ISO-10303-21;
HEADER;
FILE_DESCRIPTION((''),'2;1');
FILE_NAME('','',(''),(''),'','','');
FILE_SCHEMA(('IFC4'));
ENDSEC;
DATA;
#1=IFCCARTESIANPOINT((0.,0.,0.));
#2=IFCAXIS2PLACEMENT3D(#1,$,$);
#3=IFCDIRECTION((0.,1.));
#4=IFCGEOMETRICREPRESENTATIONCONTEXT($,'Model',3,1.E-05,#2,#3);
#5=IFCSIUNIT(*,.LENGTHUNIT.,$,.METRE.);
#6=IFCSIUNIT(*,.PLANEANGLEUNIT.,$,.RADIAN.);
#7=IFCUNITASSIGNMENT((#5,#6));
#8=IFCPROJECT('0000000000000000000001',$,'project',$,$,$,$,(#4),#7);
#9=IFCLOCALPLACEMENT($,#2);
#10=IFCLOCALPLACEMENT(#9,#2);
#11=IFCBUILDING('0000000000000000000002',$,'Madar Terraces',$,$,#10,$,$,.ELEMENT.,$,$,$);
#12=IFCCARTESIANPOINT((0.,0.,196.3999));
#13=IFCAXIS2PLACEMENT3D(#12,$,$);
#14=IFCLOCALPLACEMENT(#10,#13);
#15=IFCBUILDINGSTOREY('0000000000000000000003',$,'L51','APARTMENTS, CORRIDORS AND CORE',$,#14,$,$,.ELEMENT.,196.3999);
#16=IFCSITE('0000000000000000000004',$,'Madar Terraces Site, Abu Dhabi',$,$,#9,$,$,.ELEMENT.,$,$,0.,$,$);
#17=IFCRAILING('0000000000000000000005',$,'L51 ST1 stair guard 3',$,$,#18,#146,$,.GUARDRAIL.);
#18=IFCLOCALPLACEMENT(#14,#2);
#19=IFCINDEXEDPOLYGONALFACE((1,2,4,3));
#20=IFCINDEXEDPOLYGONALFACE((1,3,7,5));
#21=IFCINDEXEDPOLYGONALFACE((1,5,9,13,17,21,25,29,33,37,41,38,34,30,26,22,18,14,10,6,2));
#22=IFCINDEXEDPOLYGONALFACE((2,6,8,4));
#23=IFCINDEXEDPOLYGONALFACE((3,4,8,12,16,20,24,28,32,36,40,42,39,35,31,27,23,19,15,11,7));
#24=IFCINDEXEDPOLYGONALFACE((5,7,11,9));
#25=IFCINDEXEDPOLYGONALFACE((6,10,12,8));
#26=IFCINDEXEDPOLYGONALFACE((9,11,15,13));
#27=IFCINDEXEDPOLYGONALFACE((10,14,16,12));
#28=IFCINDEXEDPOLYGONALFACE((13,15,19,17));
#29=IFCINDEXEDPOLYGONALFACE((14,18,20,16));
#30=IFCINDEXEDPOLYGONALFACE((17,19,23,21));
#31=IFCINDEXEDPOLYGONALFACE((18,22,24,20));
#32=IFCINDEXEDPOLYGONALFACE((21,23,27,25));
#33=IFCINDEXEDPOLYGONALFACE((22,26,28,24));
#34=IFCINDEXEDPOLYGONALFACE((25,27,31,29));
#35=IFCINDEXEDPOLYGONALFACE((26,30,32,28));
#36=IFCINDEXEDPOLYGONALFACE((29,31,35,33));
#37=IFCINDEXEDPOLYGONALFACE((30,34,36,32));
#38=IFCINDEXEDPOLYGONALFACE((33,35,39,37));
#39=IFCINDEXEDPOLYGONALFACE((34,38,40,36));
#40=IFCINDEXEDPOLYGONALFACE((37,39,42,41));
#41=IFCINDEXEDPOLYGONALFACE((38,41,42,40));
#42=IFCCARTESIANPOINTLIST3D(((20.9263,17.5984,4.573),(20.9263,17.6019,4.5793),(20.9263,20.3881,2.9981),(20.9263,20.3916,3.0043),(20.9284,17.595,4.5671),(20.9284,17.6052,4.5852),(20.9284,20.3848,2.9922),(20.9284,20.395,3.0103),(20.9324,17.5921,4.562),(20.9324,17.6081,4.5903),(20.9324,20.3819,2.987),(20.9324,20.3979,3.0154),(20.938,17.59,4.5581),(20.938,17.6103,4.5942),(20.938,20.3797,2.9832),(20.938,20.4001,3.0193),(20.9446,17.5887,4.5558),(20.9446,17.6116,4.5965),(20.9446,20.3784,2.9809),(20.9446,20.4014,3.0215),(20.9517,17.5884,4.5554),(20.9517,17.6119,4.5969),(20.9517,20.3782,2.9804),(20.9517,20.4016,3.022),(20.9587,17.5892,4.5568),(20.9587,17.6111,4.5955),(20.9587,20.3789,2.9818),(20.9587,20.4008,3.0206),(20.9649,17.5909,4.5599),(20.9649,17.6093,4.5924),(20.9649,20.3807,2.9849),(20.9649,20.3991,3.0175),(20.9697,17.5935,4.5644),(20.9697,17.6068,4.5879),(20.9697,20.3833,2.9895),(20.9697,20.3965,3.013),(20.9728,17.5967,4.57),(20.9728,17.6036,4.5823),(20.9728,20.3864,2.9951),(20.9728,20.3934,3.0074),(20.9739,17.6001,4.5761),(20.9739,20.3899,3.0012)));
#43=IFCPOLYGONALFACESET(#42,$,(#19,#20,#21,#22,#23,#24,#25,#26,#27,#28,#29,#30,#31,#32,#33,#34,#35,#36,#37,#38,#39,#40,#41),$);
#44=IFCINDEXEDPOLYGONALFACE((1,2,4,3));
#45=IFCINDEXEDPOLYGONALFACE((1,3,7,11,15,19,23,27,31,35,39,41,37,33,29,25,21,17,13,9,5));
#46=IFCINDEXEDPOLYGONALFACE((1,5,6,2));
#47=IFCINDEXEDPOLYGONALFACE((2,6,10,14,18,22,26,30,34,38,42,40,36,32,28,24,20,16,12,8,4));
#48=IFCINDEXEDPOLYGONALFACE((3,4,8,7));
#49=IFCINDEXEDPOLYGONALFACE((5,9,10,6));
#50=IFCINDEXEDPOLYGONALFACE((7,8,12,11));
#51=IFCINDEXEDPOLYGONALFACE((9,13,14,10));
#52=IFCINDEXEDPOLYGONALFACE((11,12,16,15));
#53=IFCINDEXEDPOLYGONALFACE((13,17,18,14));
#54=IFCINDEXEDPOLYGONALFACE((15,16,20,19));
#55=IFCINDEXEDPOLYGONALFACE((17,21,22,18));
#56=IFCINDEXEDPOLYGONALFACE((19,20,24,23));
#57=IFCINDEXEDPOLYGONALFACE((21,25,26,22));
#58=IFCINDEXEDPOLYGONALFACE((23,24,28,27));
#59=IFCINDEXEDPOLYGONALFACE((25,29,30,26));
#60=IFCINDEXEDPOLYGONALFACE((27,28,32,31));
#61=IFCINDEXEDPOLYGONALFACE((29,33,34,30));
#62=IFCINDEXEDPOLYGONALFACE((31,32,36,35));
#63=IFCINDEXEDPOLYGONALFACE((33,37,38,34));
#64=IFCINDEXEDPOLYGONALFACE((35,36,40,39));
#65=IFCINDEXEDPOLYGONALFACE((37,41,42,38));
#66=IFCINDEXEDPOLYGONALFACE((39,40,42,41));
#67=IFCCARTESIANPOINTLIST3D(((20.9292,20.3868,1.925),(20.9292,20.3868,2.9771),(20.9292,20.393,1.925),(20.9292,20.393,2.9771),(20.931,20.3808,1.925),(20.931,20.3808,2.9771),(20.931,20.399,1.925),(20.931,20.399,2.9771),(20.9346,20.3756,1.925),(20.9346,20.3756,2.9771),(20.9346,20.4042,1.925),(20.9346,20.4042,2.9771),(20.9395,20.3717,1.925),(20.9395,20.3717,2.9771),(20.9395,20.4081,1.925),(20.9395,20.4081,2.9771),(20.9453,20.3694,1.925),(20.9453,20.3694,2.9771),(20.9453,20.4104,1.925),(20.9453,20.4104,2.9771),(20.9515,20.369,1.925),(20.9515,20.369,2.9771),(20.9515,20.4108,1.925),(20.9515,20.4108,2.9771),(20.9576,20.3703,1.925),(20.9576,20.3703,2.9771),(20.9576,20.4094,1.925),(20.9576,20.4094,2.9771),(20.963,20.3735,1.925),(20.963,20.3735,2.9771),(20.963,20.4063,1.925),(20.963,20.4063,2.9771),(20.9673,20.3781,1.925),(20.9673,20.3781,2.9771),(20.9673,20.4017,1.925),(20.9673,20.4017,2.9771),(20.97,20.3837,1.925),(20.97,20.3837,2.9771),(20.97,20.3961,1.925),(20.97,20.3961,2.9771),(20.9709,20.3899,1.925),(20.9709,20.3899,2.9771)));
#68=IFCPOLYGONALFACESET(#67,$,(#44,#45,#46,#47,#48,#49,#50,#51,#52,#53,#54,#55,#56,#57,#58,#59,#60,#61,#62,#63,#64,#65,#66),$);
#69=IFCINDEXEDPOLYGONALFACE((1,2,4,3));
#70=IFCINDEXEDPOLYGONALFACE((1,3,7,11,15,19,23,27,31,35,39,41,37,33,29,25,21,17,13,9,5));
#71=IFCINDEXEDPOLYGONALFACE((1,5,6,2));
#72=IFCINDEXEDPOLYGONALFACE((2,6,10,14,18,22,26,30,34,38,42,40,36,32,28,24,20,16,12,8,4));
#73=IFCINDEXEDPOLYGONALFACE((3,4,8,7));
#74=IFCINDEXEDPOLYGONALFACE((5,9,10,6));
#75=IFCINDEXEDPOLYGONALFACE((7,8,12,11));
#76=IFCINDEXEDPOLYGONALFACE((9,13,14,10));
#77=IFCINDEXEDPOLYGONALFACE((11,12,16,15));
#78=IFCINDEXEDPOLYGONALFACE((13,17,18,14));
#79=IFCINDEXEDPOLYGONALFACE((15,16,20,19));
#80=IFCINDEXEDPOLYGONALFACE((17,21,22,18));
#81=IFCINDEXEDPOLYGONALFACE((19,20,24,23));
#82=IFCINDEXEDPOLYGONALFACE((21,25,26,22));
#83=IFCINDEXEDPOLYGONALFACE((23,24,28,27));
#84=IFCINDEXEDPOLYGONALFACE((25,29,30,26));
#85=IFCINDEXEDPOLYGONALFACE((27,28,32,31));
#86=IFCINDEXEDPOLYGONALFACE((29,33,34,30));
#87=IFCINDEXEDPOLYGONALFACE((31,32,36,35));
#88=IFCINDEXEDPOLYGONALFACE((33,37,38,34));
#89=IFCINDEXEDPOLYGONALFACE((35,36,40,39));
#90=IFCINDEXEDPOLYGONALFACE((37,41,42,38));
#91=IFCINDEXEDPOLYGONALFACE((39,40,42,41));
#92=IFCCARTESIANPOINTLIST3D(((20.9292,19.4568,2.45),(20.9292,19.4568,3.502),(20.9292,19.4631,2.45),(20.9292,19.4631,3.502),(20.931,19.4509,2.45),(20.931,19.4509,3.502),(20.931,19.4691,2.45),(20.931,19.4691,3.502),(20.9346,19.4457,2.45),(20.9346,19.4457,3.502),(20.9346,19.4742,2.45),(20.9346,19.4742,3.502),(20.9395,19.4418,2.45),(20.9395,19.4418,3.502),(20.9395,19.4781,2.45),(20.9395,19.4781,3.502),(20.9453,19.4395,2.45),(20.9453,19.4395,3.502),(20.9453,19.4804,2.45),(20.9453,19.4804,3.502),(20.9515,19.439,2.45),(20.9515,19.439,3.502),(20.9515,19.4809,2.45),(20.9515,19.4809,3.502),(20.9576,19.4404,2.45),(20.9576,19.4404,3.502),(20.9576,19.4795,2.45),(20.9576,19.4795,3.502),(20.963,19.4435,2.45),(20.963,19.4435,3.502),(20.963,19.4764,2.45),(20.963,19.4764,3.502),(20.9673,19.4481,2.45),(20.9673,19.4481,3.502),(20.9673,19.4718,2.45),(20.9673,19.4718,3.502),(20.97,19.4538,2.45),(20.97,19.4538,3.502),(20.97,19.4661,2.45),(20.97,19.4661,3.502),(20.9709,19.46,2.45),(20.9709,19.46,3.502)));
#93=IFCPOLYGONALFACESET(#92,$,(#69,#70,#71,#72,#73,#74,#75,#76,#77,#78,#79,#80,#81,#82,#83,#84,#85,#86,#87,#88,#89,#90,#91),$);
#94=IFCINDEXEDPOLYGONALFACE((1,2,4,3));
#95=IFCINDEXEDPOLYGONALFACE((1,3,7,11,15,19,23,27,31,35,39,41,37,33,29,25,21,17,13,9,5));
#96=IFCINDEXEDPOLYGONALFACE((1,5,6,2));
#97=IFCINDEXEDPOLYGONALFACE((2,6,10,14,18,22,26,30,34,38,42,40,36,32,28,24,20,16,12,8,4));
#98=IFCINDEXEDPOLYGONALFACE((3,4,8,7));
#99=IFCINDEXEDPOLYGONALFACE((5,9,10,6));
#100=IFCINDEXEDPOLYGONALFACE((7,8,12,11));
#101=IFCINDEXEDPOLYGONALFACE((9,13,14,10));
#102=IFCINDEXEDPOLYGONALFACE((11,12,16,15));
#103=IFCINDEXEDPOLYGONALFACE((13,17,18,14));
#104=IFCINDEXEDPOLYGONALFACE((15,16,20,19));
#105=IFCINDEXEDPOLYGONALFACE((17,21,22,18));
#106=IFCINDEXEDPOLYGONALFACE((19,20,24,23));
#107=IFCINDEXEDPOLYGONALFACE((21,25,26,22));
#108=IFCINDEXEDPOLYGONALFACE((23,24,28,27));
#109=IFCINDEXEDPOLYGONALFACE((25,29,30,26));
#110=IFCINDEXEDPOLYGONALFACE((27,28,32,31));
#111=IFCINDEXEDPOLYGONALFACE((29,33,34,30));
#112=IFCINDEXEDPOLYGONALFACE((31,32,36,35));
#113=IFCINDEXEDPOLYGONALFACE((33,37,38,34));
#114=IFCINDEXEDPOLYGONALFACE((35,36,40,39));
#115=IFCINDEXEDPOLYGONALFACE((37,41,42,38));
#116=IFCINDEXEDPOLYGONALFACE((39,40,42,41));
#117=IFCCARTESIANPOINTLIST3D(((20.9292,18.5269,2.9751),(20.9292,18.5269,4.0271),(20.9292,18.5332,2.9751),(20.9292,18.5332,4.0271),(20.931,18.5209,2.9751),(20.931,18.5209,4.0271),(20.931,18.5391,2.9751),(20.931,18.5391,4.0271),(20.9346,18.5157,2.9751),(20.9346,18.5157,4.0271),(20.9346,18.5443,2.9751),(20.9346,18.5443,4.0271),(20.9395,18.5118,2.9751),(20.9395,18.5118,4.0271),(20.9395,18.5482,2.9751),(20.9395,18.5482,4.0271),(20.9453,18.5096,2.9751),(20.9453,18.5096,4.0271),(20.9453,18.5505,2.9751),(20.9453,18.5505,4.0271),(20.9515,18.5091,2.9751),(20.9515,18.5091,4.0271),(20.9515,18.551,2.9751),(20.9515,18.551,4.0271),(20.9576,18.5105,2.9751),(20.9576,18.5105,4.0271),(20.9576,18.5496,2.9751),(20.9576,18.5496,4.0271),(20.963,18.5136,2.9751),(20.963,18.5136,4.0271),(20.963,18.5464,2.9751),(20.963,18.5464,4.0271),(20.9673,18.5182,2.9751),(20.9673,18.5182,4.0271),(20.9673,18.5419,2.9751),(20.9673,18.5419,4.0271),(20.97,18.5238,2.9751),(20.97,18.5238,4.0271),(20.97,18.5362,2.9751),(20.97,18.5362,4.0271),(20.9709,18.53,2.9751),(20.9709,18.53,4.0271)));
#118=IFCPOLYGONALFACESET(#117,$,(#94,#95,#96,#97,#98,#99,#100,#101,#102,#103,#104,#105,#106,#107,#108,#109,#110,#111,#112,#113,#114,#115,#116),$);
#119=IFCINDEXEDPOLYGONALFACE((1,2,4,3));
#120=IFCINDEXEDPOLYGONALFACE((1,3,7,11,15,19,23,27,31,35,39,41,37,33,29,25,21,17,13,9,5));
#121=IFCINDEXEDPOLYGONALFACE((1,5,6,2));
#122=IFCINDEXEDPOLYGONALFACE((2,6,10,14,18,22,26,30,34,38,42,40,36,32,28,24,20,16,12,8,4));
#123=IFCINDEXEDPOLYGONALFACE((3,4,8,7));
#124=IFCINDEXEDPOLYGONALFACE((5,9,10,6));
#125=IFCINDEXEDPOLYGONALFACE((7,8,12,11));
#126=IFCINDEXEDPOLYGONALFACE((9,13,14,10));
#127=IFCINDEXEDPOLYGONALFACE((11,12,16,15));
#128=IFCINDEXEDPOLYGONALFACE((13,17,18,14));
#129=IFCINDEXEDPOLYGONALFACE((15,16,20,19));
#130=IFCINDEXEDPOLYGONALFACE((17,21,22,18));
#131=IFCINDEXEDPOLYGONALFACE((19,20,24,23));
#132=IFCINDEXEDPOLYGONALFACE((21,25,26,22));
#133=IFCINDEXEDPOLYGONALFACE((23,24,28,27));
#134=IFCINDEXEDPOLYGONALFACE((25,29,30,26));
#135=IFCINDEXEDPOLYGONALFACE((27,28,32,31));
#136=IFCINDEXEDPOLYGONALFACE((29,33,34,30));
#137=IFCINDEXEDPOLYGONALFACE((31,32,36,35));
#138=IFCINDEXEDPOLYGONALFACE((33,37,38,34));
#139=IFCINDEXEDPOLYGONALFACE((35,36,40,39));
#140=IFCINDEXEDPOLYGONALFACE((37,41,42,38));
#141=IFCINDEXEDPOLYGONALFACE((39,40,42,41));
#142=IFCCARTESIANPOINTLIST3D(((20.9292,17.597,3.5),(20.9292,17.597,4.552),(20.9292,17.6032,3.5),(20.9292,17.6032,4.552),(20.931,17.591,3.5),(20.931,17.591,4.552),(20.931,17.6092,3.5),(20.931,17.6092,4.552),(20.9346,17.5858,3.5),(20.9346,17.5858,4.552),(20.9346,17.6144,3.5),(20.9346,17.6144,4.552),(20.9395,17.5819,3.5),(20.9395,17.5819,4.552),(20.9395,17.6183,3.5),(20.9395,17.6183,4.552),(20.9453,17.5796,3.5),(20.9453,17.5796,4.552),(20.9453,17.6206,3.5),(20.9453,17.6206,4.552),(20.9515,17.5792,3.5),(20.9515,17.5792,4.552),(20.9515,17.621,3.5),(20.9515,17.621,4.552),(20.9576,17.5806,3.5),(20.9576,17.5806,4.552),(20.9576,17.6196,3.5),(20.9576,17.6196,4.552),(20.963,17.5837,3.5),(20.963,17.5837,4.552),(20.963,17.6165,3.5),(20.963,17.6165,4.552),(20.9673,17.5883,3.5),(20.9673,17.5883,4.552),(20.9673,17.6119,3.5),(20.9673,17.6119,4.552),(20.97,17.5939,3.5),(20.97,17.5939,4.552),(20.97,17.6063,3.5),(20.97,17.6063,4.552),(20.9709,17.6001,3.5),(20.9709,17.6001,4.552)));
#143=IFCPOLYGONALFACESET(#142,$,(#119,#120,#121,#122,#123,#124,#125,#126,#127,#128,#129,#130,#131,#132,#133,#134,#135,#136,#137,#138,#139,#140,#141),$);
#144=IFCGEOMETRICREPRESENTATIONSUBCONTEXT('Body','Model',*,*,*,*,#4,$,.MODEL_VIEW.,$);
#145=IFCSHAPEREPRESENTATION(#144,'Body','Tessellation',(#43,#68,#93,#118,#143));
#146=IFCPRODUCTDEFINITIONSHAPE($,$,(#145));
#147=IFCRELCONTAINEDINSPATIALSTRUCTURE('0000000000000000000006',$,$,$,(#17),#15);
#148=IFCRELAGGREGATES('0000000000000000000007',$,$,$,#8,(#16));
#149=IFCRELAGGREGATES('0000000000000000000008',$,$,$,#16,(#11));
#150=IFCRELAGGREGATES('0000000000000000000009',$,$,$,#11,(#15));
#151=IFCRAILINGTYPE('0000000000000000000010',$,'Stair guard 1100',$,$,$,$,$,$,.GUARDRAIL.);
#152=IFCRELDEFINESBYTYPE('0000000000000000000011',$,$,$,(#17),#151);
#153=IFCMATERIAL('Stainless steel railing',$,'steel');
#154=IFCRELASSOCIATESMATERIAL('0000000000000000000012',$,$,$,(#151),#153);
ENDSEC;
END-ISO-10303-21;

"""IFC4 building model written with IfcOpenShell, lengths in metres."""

from ifc_helpers import new_model, si_unit, direction, frame, origin, origin_2d, place, context, subcontext, project, spatial, circle, extrude, material, type_object, element, save


model = new_model("IFC4")

# Units and contexts
model_context = context("Model", 3, precision=1e-05, world=origin(), true_north=direction((0.0, 1.0)))
body_context = subcontext(model_context, "Body", "Model", "MODEL_VIEW")
ifc_project = project(units=[si_unit("LENGTHUNIT", "METRE"), si_unit("PLANEANGLEUNIT", "RADIAN")], contexts=[model_context])

# Site, building, storey
site_placement = place(None, origin())
site = spatial("IfcSite", under=ifc_project, at=site_placement, Name="Madar Terraces Site, Abu Dhabi", CompositionType="ELEMENT", RefElevation=0.0)
building_placement = place(site_placement, origin())
building = spatial("IfcBuilding", under=site, at=building_placement, Name="Madar Terraces", CompositionType="ELEMENT")
storey_placement = place(building_placement, frame((0.0, 0.0, 196.3999)))
storey = spatial("IfcBuildingStorey", under=building, at=storey_placement, Name="L51", Description="APARTMENTS, CORRIDORS AND CORE", CompositionType="ELEMENT", Elevation=196.3999)

# Railing
ifc_material_1 = material(Name="Stainless steel railing", Category="steel")
railing_type_1 = type_object("IfcRailingType", Name="Stair guard 1100", PredefinedType="GUARDRAIL", material=ifc_material_1)
railing_1_placement = place(storey_placement, frame((20.95, 20.3899, 1.925)))
element("IfcRailing", 1, at=railing_1_placement, inside=storey, type_object=railing_type_1, Name="L51 ST1 stair guard 3", PredefinedType="GUARDRAIL", context=body_context, shape_type="SweptSolid", body=[
    extrude(circle(Radius=0.0239, at=origin_2d()), frame((0.0, 0.0, 1.0762), z_axis=(0.0, -0.870815, 0.49161), x_axis=(1.0, 0.0, 0.0)), (0.0, 0.0, 1.0), 3.2036),
    extrude(circle(Radius=0.021, at=origin_2d()), origin(), (0.0, 0.0, 1.0), 1.052),
    extrude(circle(Radius=0.021, at=origin_2d()), frame((0.0, -0.9299, 0.5249)), (0.0, 0.0, 1.0), 1.052),
    extrude(circle(Radius=0.021, at=origin_2d()), frame((0.0, -1.8599, 1.05)), (0.0, 0.0, 1.0), 1.052),
    extrude(circle(Radius=0.021, at=origin_2d()), frame((0.0, -2.7898, 1.575)), (0.0, 0.0, 1.0), 1.052),
])

save(model, "model.ifc")
